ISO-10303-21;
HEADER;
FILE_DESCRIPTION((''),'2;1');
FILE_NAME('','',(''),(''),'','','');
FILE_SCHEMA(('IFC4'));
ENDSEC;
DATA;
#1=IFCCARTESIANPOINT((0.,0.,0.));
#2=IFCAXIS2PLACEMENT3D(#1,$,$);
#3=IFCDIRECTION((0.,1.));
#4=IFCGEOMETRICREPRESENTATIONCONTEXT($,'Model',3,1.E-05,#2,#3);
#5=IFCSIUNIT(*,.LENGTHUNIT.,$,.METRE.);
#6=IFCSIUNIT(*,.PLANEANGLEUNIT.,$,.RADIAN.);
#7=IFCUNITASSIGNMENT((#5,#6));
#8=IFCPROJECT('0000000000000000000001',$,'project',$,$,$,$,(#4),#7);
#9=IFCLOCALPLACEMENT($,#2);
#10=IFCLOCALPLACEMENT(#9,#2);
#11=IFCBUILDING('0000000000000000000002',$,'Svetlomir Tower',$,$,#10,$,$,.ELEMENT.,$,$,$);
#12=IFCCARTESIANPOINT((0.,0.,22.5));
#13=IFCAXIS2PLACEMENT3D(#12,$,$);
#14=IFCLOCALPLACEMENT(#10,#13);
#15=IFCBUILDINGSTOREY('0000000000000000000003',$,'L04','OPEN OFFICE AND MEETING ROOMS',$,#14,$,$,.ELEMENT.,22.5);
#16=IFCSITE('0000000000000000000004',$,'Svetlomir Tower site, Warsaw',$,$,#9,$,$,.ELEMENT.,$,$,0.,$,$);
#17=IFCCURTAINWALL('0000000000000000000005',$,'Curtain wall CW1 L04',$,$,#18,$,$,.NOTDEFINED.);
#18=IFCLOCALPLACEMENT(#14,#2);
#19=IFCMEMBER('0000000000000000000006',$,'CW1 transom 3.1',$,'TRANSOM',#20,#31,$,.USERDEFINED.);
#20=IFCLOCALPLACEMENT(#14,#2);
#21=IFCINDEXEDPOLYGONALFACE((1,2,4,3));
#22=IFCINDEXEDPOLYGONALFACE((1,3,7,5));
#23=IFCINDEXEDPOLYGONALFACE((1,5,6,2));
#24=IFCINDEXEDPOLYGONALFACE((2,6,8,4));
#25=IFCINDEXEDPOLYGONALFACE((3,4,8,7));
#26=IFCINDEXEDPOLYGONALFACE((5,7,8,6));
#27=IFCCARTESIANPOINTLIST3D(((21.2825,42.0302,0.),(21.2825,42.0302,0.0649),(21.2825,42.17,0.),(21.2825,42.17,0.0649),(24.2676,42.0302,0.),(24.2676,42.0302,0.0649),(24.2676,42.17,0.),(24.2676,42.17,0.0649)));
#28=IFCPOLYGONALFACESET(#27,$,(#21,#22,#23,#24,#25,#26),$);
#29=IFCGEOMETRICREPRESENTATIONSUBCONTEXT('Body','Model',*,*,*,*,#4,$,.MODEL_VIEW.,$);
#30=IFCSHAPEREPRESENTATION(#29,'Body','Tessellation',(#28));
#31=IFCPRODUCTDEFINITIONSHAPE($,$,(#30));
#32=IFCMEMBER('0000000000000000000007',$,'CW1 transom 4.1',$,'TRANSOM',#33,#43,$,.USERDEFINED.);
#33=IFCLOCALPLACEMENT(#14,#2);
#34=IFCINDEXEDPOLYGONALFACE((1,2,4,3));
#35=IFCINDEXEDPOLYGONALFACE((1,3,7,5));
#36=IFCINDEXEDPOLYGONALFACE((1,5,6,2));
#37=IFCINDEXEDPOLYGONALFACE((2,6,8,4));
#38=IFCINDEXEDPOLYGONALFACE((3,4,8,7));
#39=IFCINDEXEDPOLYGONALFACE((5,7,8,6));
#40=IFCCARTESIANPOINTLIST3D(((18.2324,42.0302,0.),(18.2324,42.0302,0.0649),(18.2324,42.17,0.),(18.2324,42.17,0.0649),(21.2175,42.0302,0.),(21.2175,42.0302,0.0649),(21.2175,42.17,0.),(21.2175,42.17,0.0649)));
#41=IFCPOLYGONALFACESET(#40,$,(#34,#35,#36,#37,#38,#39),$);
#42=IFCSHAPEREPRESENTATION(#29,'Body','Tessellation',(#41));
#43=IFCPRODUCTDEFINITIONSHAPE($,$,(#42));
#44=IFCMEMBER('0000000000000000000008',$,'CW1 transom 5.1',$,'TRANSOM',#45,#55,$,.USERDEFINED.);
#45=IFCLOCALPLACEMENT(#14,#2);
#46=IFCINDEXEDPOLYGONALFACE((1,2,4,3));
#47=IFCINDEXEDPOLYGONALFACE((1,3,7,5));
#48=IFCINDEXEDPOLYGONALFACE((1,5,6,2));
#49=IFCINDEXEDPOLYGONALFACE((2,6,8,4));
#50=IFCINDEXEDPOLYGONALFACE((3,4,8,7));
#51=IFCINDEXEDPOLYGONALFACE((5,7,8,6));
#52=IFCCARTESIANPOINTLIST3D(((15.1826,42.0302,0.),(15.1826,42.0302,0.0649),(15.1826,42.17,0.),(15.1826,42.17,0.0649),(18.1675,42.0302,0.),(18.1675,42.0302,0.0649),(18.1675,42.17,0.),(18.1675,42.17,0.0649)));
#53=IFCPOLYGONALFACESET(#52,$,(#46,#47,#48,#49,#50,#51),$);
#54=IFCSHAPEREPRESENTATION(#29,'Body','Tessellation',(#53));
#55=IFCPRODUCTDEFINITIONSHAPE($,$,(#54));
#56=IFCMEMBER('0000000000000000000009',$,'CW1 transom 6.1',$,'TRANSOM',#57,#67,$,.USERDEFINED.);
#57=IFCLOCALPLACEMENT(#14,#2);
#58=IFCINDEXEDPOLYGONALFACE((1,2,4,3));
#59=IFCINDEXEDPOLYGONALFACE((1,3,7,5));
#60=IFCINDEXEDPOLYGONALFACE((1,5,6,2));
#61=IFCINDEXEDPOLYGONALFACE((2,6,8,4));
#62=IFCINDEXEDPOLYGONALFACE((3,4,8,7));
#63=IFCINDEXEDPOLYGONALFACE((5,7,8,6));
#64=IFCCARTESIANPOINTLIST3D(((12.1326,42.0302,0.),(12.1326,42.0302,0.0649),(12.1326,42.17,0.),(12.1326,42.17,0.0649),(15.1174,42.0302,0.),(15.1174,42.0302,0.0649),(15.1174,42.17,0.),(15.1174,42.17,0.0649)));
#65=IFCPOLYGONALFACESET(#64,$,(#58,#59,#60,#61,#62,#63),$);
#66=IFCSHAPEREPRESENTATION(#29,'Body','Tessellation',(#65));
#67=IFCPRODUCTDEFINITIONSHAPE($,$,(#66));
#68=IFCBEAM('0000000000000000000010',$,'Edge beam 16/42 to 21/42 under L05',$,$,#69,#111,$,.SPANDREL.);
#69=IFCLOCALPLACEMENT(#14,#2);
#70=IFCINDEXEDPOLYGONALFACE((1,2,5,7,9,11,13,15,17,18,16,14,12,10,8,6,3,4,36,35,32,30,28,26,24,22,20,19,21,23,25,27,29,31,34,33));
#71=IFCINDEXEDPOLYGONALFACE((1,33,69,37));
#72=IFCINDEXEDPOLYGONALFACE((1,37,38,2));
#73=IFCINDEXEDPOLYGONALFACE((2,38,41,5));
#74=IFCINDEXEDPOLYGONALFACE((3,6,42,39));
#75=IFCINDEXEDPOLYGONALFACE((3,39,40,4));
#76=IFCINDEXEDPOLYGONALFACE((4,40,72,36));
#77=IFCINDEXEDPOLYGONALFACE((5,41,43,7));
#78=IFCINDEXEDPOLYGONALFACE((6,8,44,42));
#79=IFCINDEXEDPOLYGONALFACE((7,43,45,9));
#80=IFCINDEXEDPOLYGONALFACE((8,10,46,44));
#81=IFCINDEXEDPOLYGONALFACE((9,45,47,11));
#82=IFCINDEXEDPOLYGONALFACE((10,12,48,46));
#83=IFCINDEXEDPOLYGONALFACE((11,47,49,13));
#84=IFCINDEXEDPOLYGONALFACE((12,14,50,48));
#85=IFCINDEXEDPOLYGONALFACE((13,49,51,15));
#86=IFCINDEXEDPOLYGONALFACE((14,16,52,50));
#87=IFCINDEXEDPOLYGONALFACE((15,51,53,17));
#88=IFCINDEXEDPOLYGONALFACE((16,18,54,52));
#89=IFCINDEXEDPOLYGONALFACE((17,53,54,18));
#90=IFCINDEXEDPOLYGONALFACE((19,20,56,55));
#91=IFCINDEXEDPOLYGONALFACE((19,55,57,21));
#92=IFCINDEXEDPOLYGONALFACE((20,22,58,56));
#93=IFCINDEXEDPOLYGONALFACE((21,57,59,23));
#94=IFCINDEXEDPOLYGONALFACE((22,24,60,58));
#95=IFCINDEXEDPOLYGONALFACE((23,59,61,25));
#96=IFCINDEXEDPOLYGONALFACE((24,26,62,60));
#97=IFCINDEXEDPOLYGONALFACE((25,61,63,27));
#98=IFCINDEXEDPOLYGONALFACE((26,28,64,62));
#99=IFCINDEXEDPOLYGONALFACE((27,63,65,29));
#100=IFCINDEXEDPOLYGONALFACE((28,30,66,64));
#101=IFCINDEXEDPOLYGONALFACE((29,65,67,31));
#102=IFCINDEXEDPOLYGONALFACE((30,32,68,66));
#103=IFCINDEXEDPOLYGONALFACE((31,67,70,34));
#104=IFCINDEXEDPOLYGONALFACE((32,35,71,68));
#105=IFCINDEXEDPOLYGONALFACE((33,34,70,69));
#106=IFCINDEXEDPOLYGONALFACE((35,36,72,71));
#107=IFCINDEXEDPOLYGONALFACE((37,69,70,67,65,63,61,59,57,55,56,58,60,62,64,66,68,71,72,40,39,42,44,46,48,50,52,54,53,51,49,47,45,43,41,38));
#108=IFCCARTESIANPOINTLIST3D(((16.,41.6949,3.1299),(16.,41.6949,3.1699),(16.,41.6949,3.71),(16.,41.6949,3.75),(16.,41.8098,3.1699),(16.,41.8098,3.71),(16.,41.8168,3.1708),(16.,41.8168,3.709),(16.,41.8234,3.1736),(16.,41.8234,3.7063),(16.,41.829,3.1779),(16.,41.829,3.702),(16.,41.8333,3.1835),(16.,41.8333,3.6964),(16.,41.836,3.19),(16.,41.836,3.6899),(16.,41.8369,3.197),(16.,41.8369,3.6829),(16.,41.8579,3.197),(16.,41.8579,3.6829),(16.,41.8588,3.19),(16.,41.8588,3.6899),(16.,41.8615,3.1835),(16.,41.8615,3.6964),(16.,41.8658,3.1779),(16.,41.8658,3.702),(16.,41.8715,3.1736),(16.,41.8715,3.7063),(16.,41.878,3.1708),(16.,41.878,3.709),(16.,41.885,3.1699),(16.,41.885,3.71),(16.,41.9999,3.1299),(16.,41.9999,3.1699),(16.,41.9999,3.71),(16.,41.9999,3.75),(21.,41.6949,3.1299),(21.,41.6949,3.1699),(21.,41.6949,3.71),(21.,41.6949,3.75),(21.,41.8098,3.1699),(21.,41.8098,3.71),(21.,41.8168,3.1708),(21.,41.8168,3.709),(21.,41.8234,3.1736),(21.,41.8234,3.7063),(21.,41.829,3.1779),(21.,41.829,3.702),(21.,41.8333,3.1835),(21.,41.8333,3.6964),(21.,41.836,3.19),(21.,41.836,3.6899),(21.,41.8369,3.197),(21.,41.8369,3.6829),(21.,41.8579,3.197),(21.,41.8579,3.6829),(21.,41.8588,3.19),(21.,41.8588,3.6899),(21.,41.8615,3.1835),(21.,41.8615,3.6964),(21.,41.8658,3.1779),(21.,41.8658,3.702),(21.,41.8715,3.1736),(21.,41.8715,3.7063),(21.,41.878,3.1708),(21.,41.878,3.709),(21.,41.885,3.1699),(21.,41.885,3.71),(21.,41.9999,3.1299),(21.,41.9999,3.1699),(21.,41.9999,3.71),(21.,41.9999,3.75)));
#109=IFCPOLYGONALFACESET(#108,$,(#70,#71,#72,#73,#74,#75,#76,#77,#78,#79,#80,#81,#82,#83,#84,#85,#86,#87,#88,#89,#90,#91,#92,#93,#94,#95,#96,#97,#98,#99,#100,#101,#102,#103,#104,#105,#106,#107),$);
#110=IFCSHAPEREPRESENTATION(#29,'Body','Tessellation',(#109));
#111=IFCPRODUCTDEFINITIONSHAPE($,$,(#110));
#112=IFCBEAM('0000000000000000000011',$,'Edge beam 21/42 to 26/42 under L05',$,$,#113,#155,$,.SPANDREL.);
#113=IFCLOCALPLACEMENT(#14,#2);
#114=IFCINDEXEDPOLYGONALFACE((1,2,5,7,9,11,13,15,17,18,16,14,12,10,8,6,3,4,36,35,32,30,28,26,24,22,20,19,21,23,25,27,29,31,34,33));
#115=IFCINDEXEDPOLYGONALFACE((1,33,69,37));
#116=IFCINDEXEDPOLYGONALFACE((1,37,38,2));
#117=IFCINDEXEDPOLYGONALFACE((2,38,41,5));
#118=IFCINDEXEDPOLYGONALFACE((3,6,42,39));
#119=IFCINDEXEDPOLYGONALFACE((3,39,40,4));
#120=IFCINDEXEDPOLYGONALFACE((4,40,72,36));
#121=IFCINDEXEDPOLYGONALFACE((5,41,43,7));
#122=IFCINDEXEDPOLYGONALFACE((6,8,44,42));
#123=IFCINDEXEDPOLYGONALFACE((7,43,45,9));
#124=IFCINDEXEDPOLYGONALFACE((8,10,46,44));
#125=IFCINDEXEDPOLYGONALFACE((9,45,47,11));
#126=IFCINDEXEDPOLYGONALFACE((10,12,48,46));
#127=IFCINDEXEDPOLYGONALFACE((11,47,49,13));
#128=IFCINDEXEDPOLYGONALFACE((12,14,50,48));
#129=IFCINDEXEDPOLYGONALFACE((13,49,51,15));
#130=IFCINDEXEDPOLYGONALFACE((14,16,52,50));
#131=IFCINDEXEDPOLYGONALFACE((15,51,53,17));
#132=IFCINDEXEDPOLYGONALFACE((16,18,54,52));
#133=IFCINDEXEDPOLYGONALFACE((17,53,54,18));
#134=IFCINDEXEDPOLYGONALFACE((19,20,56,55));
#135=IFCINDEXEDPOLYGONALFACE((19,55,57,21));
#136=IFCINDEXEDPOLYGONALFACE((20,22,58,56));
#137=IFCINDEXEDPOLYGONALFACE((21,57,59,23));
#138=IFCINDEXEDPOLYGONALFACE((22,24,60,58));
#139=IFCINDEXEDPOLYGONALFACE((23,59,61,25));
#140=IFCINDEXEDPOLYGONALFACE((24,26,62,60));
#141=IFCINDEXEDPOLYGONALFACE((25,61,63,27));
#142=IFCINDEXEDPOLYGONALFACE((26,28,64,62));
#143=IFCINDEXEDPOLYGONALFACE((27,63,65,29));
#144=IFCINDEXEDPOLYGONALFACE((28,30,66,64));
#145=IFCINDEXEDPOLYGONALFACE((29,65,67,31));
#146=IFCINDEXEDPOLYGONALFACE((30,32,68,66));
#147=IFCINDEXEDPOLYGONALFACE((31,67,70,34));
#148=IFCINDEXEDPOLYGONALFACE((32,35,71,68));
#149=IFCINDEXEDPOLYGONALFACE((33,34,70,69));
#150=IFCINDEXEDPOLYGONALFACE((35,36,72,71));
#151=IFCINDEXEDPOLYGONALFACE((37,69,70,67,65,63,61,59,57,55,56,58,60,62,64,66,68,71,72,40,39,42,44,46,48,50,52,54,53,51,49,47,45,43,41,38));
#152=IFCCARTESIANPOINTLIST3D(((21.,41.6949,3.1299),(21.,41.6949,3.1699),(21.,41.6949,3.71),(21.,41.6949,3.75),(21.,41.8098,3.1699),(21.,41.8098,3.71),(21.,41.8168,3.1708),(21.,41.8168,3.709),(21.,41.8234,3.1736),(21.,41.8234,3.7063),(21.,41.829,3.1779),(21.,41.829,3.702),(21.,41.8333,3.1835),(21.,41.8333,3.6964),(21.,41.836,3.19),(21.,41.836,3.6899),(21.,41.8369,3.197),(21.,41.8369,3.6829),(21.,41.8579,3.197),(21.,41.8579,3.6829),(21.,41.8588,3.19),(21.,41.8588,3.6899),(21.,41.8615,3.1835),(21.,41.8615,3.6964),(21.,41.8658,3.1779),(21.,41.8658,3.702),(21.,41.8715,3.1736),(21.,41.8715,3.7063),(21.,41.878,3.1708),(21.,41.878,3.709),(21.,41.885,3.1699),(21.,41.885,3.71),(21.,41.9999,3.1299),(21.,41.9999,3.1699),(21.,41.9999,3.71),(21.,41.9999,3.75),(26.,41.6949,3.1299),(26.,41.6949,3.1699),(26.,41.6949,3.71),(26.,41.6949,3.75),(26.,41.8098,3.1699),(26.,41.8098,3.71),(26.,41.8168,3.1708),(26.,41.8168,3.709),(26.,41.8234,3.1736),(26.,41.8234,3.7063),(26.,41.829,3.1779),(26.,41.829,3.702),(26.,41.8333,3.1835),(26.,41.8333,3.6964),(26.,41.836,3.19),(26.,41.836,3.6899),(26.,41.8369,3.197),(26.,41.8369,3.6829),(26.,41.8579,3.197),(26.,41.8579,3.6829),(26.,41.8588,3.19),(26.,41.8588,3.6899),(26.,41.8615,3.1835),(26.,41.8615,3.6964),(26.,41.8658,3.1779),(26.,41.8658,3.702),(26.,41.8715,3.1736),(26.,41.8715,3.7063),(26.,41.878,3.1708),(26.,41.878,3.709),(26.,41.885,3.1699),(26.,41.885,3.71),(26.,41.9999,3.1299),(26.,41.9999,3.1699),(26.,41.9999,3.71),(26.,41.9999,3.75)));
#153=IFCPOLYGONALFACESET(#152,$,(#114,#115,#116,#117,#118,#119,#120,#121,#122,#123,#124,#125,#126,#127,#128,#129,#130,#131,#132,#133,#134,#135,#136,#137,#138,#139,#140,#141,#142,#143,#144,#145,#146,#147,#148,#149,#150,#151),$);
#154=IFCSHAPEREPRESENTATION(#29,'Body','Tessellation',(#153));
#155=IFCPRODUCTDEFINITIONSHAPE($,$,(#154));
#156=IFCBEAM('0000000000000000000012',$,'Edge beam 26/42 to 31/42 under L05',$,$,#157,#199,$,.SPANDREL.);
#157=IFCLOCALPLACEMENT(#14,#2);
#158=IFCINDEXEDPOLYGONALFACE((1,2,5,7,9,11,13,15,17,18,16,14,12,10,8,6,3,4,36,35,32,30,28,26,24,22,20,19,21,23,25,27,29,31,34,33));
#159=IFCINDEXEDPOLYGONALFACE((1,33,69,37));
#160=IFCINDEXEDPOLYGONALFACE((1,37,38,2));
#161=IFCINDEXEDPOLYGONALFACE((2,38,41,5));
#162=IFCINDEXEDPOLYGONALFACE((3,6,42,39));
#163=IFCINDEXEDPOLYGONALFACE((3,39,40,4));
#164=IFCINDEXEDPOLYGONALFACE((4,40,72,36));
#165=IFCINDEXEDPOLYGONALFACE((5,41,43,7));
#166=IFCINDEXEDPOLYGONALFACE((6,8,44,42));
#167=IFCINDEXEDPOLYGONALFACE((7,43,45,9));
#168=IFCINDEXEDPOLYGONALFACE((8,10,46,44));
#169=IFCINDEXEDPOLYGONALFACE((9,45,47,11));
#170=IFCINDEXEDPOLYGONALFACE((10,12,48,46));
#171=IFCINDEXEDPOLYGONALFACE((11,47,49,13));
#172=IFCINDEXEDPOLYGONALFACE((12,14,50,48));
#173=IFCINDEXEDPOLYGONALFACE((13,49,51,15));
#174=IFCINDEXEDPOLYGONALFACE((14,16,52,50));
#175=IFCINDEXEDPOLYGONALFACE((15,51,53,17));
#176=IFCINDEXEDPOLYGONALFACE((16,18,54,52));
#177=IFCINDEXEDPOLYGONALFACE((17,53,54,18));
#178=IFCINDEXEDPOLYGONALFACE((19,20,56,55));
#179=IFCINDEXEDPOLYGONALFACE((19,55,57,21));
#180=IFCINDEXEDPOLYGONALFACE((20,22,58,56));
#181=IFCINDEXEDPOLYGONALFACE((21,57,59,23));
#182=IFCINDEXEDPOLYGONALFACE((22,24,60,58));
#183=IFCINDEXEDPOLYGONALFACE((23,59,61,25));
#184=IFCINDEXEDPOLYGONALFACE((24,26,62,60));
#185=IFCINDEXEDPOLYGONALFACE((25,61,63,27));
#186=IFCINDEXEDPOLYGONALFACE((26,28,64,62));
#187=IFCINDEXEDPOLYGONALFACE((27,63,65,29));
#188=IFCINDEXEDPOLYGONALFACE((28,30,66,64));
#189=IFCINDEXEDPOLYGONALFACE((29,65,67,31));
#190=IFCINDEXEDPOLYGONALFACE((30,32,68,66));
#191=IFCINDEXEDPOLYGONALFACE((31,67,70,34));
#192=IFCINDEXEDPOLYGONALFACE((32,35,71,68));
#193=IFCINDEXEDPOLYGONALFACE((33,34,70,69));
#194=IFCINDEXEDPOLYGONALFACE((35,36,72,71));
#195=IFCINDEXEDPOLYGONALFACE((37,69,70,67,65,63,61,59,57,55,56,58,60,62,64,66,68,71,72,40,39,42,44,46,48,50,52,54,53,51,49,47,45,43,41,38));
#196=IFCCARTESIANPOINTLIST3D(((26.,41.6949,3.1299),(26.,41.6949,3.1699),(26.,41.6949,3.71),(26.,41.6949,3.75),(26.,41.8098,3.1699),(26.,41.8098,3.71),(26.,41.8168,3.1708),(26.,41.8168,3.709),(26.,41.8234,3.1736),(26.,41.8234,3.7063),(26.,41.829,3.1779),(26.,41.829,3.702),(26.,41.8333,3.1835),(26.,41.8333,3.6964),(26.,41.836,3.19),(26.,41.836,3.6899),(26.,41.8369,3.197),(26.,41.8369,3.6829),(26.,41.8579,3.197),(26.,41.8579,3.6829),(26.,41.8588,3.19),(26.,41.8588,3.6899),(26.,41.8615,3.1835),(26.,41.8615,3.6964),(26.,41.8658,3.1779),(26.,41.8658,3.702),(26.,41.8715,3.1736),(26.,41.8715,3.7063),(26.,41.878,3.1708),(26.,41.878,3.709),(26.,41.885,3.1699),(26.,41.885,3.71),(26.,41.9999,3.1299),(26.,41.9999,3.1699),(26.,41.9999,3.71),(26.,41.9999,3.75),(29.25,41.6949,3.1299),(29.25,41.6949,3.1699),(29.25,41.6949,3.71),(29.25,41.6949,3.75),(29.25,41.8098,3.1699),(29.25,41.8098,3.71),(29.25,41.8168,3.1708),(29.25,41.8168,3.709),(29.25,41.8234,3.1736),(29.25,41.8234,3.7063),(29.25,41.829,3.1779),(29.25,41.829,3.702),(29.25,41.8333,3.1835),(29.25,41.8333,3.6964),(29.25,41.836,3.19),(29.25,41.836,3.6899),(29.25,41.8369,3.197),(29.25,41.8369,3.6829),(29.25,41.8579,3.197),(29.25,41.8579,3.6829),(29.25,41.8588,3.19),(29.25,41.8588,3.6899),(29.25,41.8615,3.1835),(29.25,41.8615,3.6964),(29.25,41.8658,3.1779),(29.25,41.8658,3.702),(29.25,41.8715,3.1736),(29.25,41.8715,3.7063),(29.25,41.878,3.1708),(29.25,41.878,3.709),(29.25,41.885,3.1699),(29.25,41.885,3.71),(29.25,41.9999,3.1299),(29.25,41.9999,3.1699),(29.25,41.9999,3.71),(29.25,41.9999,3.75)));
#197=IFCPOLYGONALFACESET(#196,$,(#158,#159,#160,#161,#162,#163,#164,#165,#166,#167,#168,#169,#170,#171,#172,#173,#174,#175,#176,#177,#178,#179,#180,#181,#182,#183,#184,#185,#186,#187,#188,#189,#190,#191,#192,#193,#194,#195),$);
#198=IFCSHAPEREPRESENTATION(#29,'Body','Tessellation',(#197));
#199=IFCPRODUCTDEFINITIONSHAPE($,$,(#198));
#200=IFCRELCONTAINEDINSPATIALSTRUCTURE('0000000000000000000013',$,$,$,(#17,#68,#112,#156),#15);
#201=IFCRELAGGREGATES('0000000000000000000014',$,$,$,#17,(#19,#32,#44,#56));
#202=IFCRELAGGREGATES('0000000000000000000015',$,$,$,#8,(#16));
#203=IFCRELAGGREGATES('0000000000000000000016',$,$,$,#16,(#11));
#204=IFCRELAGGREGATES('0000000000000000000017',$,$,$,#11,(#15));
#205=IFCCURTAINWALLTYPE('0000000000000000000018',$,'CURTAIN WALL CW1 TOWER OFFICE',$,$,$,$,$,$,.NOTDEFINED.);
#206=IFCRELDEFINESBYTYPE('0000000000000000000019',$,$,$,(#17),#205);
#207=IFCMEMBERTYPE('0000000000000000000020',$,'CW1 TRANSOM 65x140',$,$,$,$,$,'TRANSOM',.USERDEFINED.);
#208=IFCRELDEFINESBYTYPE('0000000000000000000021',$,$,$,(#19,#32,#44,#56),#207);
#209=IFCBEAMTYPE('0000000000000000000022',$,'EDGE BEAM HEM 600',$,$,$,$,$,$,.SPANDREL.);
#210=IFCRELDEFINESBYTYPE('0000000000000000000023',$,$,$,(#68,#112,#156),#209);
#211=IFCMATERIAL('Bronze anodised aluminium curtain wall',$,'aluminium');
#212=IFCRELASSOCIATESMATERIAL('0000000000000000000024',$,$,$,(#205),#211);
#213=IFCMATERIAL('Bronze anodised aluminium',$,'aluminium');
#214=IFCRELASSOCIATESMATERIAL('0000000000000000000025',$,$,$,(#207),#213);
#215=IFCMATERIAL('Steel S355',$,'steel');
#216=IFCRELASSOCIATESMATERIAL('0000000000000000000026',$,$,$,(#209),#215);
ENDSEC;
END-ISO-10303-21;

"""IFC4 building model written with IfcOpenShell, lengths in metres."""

from ifc_helpers import new_model, si_unit, direction, frame, origin, origin_2d, place, context, subcontext, project, spatial, rectangle, i_section, extrude, material, material_profile, profile_set, type_object, element, aggregate, save


model = new_model("IFC4")

# Units and contexts
model_context = context("Model", 3, precision=1e-05, world=origin(), true_north=direction((0.0, 1.0)))
body_context = subcontext(model_context, "Body", "Model", "MODEL_VIEW")
ifc_project = project(units=[si_unit("LENGTHUNIT", "METRE"), si_unit("PLANEANGLEUNIT", "RADIAN")], contexts=[model_context])

# Site, building, storey
site_placement = place(None, origin())
site = spatial("IfcSite", under=ifc_project, at=site_placement, Name="Svetlomir Tower site, Warsaw", CompositionType="ELEMENT", RefElevation=0.0)
building_placement = place(site_placement, origin())
building = spatial("IfcBuilding", under=site, at=building_placement, Name="Svetlomir Tower", CompositionType="ELEMENT")
storey_placement = place(building_placement, frame((0.0, 0.0, 22.5)))
storey = spatial("IfcBuildingStorey", under=building, at=storey_placement, Name="L04", Description="OPEN OFFICE AND MEETING ROOMS", CompositionType="ELEMENT", Elevation=22.5)

# Curtain wall, members
ifc_material_1 = material(Name="Bronze anodised aluminium curtain wall", Category="aluminium")
curtain_wall_type = type_object("IfcCurtainWallType", Name="CURTAIN WALL CW1 TOWER OFFICE", PredefinedType="NOTDEFINED", material=ifc_material_1)
curtain_wall_placement = place(storey_placement, origin())
curtain_wall = element("IfcCurtainWall", 1, at=curtain_wall_placement, inside=storey, type_object=curtain_wall_type, Name="Curtain wall CW1 L04", PredefinedType="NOTDEFINED")
ifc_material_2 = material(Name="Bronze anodised aluminium", Category="aluminium")
ifc_material_profile_1 = material_profile(ifc_material_2, rectangle(XDim=0.1399, YDim=0.0649, at=origin_2d()), Name="AL 140x65")
ifc_profile_set_1 = profile_set([ifc_material_profile_1], Name="Bronze anodised aluminium 6063-T6")
member_type_1 = type_object("IfcMemberType", Name="CW1 TRANSOM 65x140", ElementType="TRANSOM", PredefinedType="USERDEFINED", material=ifc_profile_set_1)
member_1_placement = place(storey_placement, frame((24.2676, 42.1001, 0.0325), z_axis=(-1.0, 0.0, 0.0), x_axis=(0.0, -1.0, 0.0)))
member_1 = element("IfcMember", 2, at=member_1_placement, type_object=member_type_1, Name="CW1 transom 3.1", ObjectType="TRANSOM", PredefinedType="USERDEFINED", context=body_context, shape_type="SweptSolid", body=[
    extrude(rectangle(XDim=0.1399, YDim=0.0649, at=origin_2d()), origin(), (0.0, 0.0, 1.0), 2.9851),
])
member_2_placement = place(storey_placement, frame((21.2175, 42.1001, 0.0325), z_axis=(-1.0, 0.0, 0.0), x_axis=(0.0, -1.0, 0.0)))
member_2 = element("IfcMember", 3, at=member_2_placement, type_object=member_type_1, Name="CW1 transom 4.1", ObjectType="TRANSOM", PredefinedType="USERDEFINED", context=body_context, shape_type="SweptSolid", body=[
    extrude(rectangle(XDim=0.1399, YDim=0.0649, at=origin_2d()), origin(), (0.0, 0.0, 1.0), 2.9851),
])
member_3_placement = place(storey_placement, frame((18.1675, 42.1001, 0.0325), z_axis=(-1.0, 0.0, 0.0), x_axis=(0.0, -1.0, 0.0)))
member_3 = element("IfcMember", 4, at=member_3_placement, type_object=member_type_1, Name="CW1 transom 5.1", ObjectType="TRANSOM", PredefinedType="USERDEFINED", context=body_context, shape_type="SweptSolid", body=[
    extrude(rectangle(XDim=0.1399, YDim=0.0649, at=origin_2d()), origin(), (0.0, 0.0, 1.0), 2.9849),
])
member_4_placement = place(storey_placement, frame((15.1174, 42.1001, 0.0325), z_axis=(-1.0, 0.0, 0.0), x_axis=(0.0, -1.0, 0.0)))
member_4 = element("IfcMember", 5, at=member_4_placement, type_object=member_type_1, Name="CW1 transom 6.1", ObjectType="TRANSOM", PredefinedType="USERDEFINED", context=body_context, shape_type="SweptSolid", body=[
    extrude(rectangle(XDim=0.1399, YDim=0.0649, at=origin_2d()), origin(), (0.0, 0.0, 1.0), 2.9849),
])

# Beams
ifc_material_3 = material(Name="Steel S355", Category="steel")
ifc_material_profile_2 = material_profile(ifc_material_3, i_section(OverallWidth=0.3049, OverallDepth=0.6201, WebThickness=0.021, FlangeThickness=0.04, FilletRadius=0.0271, at=origin_2d()), Name="HEM 600")
ifc_profile_set_2 = profile_set([ifc_material_profile_2], Name="Steel S355")
beam_type_1 = type_object("IfcBeamType", Name="EDGE BEAM HEM 600", PredefinedType="SPANDREL", material=ifc_profile_set_2)
for number, where, z_axis, x_axis, name in (
    (6, (16.0, 41.8474, 3.4399), (1.0, 0.0, 0.0), (0.0, 1.0, 0.0), "Edge beam 16/42 to 21/42 under L05"),
    (7, (21.0, 41.8474, 3.4399), (1.0, 0.0, 0.0), (0.0, 1.0, 0.0), "Edge beam 21/42 to 26/42 under L05"),
):
    element("IfcBeam", number, at=place(storey_placement, frame(where, z_axis=z_axis, x_axis=x_axis)), inside=storey, type_object=beam_type_1, Name=name, PredefinedType="SPANDREL", context=body_context, shape_type="SweptSolid", body=[
        extrude(i_section(OverallWidth=0.3049, OverallDepth=0.6201, WebThickness=0.021, FlangeThickness=0.04, FilletRadius=0.0271, at=origin_2d()), origin(), (0.0, 0.0, 1.0), 5.0),
    ])
beam_1_placement = place(storey_placement, frame((26.0, 41.8474, 3.4399), z_axis=(1.0, 0.0, 0.0), x_axis=(0.0, 1.0, 0.0)))
element("IfcBeam", 8, at=beam_1_placement, inside=storey, type_object=beam_type_1, Name="Edge beam 26/42 to 31/42 under L05", PredefinedType="SPANDREL", context=body_context, shape_type="SweptSolid", body=[
    extrude(i_section(OverallWidth=0.3049, OverallDepth=0.6201, WebThickness=0.021, FlangeThickness=0.04, FilletRadius=0.0271, at=origin_2d()), origin(), (0.0, 0.0, 1.0), 3.25),
])

aggregate(curtain_wall, [member_1, member_2, member_3, member_4])

save(model, "model.ifc")
